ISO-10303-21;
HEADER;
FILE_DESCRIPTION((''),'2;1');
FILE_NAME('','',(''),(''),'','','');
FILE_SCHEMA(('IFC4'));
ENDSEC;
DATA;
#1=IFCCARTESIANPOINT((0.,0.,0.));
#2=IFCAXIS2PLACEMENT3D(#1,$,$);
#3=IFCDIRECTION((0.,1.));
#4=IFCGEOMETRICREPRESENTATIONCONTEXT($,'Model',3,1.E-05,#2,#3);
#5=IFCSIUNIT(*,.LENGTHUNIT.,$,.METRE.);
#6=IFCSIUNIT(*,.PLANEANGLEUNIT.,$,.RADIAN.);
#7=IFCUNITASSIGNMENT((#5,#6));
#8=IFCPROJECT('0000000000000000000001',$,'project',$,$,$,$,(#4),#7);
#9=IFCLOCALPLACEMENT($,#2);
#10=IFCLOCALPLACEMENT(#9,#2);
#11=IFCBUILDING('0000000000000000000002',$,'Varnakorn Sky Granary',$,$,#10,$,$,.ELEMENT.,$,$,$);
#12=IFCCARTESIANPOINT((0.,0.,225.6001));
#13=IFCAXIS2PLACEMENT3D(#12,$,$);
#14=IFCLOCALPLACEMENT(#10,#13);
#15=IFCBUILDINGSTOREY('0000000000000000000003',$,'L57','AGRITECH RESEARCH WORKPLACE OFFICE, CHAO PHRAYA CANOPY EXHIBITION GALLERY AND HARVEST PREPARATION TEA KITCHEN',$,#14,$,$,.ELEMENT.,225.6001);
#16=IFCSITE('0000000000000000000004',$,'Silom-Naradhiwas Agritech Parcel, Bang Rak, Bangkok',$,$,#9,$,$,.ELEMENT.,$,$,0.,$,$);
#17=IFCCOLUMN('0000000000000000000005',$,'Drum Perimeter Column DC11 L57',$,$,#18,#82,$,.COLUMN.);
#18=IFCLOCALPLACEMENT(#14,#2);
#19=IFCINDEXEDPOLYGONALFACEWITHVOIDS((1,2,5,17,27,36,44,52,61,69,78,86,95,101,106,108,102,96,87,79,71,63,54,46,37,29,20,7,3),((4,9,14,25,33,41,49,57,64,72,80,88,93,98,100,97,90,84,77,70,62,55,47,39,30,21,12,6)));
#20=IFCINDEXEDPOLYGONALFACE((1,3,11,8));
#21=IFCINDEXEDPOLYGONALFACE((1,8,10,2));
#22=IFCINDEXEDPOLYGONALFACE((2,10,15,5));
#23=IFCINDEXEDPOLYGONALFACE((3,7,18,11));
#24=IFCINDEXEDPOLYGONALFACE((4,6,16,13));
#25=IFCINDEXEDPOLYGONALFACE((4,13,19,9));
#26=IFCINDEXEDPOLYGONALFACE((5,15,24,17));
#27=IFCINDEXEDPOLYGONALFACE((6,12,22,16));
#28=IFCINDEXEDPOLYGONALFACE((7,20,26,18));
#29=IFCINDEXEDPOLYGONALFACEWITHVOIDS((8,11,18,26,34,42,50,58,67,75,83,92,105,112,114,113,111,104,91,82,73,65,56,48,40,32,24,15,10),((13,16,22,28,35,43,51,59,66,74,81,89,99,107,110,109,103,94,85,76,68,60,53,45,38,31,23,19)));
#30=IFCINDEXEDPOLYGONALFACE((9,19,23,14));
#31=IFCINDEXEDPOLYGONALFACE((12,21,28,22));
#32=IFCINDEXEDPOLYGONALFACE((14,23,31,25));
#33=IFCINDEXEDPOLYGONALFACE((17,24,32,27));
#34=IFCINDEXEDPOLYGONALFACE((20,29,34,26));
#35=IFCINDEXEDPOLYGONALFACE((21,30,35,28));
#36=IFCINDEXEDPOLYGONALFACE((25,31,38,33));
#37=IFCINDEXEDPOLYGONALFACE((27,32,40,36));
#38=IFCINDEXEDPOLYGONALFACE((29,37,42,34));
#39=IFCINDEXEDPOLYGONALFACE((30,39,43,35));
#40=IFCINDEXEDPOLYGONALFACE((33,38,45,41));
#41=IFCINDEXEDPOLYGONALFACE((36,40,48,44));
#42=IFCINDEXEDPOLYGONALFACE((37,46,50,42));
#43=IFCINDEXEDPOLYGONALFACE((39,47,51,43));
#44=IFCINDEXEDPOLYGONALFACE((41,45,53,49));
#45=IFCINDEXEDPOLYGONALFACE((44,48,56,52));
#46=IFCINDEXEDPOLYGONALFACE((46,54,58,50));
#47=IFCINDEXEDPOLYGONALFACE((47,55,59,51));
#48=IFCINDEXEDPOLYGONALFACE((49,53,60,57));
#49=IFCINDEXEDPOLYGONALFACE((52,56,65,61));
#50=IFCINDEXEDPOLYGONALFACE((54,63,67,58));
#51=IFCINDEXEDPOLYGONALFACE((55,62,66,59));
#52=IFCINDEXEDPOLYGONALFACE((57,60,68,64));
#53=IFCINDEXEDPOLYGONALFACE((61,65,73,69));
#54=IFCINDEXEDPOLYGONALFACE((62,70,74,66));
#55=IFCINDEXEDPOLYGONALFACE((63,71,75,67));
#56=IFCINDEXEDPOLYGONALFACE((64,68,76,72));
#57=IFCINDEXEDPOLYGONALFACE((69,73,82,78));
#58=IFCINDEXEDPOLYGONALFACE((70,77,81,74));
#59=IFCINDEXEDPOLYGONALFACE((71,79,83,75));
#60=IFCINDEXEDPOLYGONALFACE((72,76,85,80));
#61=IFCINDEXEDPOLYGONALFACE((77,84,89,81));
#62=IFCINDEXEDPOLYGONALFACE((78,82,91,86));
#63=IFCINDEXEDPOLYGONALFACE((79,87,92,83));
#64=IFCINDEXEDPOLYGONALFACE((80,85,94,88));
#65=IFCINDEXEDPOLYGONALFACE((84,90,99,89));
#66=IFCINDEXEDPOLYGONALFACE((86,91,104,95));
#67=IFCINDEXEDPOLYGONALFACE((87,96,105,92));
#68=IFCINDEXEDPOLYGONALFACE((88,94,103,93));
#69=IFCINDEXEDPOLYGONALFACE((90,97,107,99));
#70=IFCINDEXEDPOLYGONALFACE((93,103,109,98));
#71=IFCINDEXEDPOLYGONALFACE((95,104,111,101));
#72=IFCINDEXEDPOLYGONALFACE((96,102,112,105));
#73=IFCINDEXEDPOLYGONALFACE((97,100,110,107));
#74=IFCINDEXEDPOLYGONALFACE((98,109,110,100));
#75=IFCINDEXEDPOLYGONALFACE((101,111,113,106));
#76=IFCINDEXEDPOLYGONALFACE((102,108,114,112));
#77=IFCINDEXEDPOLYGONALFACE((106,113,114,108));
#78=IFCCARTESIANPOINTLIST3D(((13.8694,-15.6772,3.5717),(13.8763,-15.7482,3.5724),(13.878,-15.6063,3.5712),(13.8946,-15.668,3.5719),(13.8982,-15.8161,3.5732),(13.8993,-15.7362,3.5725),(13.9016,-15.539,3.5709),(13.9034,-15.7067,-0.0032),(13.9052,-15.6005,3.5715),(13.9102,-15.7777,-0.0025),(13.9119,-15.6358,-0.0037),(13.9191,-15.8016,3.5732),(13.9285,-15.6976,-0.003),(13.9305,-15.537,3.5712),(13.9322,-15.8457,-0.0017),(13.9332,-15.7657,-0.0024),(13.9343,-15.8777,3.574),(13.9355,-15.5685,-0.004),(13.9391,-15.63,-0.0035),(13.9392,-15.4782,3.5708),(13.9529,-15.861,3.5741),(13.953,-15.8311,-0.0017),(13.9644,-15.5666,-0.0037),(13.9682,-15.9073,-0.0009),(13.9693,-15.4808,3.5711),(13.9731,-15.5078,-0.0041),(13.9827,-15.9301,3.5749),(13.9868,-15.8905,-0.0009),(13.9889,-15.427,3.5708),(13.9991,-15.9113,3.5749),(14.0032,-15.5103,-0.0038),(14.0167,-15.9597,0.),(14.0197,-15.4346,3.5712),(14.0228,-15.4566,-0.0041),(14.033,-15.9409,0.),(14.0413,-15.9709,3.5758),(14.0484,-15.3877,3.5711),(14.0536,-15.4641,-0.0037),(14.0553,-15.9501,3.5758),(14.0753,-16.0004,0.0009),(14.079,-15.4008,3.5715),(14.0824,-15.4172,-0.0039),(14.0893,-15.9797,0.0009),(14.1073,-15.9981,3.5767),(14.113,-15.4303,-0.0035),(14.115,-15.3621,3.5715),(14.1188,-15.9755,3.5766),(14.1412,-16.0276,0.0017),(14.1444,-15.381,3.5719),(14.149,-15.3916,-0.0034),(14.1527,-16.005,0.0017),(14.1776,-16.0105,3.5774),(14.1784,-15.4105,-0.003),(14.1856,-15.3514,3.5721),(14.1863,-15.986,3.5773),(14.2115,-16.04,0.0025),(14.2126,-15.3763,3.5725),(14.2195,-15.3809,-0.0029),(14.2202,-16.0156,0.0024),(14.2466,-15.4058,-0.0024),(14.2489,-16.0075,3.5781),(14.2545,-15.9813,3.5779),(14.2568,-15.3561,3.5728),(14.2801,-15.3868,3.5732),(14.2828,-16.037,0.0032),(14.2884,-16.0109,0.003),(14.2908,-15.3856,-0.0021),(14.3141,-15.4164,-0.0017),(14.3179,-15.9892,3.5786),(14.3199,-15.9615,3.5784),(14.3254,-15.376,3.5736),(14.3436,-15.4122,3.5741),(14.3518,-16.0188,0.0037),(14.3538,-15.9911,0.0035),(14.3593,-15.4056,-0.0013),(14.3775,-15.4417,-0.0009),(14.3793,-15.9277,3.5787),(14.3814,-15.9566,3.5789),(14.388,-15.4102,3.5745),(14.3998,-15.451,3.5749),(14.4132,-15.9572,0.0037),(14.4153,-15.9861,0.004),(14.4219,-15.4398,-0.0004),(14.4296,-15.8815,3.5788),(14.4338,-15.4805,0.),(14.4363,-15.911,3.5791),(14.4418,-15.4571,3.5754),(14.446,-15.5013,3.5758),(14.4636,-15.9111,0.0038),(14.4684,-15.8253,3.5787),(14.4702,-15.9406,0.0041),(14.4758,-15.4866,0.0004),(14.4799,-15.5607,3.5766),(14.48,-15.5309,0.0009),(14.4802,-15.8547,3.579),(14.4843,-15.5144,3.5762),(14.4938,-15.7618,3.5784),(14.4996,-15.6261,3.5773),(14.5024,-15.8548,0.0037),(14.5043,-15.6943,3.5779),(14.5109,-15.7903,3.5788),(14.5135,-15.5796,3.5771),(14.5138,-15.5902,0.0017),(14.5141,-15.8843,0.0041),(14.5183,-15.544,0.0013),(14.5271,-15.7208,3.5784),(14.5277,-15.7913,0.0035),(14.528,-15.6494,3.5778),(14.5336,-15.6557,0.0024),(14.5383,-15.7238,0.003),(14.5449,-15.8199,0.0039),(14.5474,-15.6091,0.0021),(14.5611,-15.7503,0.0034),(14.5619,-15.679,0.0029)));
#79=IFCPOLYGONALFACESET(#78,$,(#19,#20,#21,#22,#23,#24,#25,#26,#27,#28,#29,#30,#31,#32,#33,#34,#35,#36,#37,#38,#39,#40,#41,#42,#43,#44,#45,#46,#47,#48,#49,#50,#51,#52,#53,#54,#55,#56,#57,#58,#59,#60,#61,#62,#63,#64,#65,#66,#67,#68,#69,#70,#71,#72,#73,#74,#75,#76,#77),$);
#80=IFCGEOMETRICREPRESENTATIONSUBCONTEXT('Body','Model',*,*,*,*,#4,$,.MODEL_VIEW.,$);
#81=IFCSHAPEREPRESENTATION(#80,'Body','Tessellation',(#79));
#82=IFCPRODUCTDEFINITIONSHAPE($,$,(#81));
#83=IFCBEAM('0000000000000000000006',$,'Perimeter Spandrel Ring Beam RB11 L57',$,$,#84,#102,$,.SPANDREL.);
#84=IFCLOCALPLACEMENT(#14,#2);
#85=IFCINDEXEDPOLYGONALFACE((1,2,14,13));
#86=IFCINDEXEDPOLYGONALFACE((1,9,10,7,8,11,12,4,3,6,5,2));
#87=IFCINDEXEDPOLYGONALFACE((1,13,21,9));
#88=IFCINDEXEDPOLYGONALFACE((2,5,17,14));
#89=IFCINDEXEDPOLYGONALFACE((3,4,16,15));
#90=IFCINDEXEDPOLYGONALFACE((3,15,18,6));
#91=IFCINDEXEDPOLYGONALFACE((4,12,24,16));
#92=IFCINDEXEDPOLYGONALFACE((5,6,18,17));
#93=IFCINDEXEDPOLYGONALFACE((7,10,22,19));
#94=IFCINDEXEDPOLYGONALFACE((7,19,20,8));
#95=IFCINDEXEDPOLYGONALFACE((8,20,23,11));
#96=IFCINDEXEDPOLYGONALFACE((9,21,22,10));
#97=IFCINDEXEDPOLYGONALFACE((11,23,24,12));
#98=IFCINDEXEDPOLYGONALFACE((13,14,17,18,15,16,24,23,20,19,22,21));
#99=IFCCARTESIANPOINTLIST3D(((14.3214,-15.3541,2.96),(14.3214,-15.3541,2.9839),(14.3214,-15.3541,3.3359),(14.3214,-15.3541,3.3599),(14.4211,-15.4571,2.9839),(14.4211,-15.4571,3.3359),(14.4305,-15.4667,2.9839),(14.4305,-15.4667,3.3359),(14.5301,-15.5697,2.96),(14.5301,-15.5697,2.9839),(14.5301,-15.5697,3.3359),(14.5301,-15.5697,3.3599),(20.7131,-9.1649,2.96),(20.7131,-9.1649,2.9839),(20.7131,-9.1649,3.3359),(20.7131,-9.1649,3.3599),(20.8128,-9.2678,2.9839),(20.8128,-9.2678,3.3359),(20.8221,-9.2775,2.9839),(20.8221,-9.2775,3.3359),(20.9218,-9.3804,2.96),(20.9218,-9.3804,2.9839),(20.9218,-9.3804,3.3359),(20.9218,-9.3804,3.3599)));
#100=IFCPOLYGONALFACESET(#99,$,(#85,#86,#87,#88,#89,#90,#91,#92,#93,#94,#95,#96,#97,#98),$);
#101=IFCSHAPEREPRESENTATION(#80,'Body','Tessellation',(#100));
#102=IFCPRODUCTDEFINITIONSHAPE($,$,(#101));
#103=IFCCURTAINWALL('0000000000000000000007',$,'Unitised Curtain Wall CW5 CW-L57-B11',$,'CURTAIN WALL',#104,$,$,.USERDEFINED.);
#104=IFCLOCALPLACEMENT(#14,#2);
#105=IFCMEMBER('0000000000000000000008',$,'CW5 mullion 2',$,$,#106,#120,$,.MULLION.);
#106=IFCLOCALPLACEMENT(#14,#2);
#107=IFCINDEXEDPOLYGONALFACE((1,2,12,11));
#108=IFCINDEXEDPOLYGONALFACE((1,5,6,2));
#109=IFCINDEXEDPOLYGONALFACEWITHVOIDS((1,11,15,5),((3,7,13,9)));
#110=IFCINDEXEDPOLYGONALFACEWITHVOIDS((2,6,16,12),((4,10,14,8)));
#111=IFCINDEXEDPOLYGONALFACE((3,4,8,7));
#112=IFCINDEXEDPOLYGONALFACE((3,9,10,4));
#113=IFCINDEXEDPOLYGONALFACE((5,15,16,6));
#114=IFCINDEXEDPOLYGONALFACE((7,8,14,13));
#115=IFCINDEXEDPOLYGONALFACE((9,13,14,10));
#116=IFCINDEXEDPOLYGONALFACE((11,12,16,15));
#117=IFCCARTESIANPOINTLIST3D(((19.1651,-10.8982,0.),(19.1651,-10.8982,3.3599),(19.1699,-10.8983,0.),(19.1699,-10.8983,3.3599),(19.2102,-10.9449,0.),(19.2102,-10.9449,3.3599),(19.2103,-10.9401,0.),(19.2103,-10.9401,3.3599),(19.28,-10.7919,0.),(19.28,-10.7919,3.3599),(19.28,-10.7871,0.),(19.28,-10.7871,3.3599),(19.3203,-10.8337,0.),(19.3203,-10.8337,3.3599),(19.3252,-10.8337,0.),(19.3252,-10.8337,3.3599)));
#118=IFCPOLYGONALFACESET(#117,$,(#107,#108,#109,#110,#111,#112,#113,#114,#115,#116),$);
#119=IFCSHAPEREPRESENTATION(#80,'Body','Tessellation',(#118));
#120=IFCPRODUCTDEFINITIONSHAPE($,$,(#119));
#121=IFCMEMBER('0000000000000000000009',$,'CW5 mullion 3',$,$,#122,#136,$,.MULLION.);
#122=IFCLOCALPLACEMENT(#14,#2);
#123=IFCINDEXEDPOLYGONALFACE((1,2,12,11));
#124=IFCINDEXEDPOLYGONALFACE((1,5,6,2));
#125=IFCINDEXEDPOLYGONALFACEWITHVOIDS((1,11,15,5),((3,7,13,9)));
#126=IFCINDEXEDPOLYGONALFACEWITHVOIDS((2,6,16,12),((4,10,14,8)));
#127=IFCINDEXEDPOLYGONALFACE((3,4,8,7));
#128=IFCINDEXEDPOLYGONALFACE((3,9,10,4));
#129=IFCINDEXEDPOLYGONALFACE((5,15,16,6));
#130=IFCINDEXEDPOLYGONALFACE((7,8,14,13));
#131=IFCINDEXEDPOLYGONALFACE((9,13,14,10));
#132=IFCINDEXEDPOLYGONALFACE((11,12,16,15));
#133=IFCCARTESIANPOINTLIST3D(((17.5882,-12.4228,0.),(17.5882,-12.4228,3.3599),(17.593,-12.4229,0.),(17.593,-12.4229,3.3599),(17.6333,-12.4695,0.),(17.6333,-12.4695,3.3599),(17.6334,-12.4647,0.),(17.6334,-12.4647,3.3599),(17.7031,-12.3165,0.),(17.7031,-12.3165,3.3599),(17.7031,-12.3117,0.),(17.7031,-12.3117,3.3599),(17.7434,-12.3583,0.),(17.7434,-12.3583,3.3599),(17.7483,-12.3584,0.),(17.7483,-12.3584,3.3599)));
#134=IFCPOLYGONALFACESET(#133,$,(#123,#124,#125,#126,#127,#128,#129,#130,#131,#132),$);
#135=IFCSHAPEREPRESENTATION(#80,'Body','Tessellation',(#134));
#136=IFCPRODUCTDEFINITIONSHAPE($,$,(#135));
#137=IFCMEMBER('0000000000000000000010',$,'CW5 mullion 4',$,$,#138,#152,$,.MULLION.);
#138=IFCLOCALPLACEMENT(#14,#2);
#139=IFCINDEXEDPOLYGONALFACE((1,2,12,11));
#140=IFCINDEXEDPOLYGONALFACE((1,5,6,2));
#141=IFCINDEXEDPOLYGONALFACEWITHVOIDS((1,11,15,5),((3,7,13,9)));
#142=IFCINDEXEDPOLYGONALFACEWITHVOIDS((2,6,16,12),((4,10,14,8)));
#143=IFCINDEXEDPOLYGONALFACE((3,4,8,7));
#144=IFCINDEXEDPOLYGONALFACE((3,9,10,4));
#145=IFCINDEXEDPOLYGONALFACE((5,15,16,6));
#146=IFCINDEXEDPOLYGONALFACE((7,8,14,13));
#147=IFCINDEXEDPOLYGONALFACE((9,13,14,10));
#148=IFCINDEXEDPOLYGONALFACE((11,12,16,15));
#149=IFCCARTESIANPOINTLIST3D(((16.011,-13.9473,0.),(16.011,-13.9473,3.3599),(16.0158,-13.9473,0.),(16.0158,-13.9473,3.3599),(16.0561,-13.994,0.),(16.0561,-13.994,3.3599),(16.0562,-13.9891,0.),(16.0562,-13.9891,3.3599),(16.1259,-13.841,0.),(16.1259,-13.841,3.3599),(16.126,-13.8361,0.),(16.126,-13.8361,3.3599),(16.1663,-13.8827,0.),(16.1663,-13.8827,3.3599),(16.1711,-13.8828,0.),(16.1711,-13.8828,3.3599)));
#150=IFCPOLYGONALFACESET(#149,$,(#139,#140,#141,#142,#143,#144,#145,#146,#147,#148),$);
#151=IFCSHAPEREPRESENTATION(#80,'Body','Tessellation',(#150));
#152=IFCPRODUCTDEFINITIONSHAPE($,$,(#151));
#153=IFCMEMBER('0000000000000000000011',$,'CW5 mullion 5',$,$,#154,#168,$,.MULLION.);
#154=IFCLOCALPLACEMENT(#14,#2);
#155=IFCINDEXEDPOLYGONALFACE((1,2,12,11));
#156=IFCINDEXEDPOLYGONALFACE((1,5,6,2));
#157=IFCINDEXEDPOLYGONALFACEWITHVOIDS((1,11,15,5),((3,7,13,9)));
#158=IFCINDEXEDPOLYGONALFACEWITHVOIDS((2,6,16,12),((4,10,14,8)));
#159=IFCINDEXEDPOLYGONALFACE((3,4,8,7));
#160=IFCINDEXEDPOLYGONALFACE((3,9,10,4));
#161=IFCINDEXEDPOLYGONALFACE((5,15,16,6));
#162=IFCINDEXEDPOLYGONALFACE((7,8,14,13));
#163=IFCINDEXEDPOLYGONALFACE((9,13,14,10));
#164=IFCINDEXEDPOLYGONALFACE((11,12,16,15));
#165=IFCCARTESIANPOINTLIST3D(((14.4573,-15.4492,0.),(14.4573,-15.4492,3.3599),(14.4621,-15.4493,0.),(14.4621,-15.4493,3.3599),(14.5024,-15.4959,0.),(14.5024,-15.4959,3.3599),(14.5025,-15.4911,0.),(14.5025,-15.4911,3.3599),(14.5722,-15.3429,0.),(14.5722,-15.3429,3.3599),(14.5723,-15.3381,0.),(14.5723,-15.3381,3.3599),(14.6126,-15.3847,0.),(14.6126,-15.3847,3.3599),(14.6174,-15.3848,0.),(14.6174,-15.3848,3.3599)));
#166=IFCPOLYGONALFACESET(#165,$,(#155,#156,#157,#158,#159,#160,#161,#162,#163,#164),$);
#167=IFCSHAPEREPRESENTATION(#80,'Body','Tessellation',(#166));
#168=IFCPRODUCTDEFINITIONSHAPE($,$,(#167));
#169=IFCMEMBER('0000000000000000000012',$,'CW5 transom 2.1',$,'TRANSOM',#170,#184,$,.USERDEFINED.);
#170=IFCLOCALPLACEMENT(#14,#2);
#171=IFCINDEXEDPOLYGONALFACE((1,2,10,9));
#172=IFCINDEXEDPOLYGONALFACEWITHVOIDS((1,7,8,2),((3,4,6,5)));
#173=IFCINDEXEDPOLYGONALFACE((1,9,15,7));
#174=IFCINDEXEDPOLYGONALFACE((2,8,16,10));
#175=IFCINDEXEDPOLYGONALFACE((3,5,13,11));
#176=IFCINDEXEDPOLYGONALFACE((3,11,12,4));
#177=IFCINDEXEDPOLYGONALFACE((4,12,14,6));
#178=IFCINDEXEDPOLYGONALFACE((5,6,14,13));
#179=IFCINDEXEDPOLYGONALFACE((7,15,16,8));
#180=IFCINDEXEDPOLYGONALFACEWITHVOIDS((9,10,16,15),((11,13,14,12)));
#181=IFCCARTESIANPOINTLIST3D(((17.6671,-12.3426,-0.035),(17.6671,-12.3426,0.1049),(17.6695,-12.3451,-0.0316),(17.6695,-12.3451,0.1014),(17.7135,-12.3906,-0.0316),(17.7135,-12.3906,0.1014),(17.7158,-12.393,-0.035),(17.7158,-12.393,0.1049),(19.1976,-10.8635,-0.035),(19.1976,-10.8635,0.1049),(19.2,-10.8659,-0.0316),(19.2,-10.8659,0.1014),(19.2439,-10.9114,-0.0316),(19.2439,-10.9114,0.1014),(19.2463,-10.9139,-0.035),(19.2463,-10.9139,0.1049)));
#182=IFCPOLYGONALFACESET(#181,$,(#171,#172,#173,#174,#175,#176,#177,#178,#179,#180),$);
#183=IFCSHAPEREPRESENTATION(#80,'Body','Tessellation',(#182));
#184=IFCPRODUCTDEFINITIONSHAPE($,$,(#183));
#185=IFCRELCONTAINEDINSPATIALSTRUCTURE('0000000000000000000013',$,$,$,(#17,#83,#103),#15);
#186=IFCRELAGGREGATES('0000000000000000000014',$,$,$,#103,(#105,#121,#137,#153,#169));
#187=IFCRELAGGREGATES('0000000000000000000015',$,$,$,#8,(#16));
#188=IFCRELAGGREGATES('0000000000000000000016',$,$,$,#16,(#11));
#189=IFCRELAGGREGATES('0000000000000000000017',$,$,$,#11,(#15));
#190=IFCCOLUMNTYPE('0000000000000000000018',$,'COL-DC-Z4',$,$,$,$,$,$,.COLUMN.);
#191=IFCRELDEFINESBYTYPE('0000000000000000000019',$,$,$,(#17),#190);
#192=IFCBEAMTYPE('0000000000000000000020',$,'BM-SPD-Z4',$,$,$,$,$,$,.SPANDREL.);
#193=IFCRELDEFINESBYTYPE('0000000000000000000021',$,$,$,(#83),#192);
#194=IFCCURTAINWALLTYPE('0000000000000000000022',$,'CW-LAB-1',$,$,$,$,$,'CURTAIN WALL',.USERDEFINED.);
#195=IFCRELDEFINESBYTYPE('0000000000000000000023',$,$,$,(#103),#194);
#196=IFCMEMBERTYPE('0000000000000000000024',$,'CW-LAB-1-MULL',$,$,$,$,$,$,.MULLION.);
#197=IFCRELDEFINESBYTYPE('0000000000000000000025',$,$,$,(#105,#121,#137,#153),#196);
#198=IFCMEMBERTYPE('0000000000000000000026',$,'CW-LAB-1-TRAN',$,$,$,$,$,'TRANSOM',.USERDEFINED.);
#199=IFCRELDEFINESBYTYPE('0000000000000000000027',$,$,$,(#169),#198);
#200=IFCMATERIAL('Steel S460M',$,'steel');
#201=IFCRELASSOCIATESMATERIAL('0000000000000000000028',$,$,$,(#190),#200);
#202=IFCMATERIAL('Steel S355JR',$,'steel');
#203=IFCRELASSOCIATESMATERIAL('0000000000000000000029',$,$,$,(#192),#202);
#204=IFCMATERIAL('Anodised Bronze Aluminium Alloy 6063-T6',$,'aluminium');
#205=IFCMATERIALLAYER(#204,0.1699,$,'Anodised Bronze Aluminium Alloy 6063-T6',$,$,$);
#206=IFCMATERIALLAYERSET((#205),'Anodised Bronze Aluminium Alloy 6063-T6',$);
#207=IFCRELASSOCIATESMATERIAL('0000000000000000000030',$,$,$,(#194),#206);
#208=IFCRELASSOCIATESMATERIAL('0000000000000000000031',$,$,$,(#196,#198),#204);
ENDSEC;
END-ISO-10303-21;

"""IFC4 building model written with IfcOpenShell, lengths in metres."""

from ifc_helpers import new_model, si_unit, direction, frame, origin, origin_2d, place, context, subcontext, project, spatial, hollow_rectangle, hollow_circle, i_section, extrude, material, layer, layer_set, material_profile, profile_set, type_object, element, aggregate, save


model = new_model("IFC4")

# Units and contexts
model_context = context("Model", 3, precision=1e-05, world=origin(), true_north=direction((0.0, 1.0)))
body_context = subcontext(model_context, "Body", "Model", "MODEL_VIEW")
ifc_project = project(units=[si_unit("LENGTHUNIT", "METRE"), si_unit("PLANEANGLEUNIT", "RADIAN")], contexts=[model_context])

# Site, building, storey
site_placement = place(None, origin())
site = spatial("IfcSite", under=ifc_project, at=site_placement, Name="Silom-Naradhiwas Agritech Parcel, Bang Rak, Bangkok", CompositionType="ELEMENT", RefElevation=0.0)
building_placement = place(site_placement, origin())
building = spatial("IfcBuilding", under=site, at=building_placement, Name="Varnakorn Sky Granary", CompositionType="ELEMENT")
storey_placement = place(building_placement, frame((0.0, 0.0, 225.6001)))
storey = spatial("IfcBuildingStorey", under=building, at=storey_placement, Name="L57", Description="AGRITECH RESEARCH WORKPLACE OFFICE, CHAO PHRAYA CANOPY EXHIBITION GALLERY AND HARVEST PREPARATION TEA KITCHEN", CompositionType="ELEMENT", Elevation=225.6001)

# Column
ifc_material_1 = material(Name="Steel S460M", Category="steel")
ifc_material_profile_1 = material_profile(ifc_material_1, hollow_circle(Radius=0.3301, WallThickness=0.0249, at=origin_2d()), Name="CHS 660x25")
ifc_profile_set_1 = profile_set([ifc_material_profile_1], Name="Steel S460M")
column_type = type_object("IfcColumnType", Name="COL-DC-Z4", PredefinedType="COLUMN", material=ifc_profile_set_1)
column_placement = place(storey_placement, frame((14.2334, -15.7107, 0.0), z_axis=(-0.009492, 0.008263, 0.999921), x_axis=(-0.656582, -0.754255, 0.0)))
element("IfcColumn", 1, at=column_placement, inside=storey, type_object=column_type, Name="Drum Perimeter Column DC11 L57", PredefinedType="COLUMN", context=body_context, shape_type="SweptSolid", body=[
    extrude(hollow_circle(Radius=0.3301, WallThickness=0.0249, at=origin_2d()), origin(), (0.0, 0.0, 1.0), 3.5752),
])

# Beam
ifc_material_2 = material(Name="Steel S355JR", Category="steel")
ifc_material_profile_2 = material_profile(ifc_material_2, i_section(OverallWidth=0.3, OverallDepth=0.3999, WebThickness=0.0134, FlangeThickness=0.0239, at=origin_2d()), Name="HE 400 B")
ifc_profile_set_2 = profile_set([ifc_material_profile_2], Name="Steel S355JR")
beam_type = type_object("IfcBeamType", Name="BM-SPD-Z4", PredefinedType="SPANDREL", material=ifc_profile_set_2)
beam_placement = place(storey_placement, frame((14.4258, -15.4619, 3.1599), z_axis=(0.718389, 0.695641, 0.0), x_axis=(-0.695641, 0.718389, 0.0)))
element("IfcBeam", 2, at=beam_placement, inside=storey, type_object=beam_type, Name="Perimeter Spandrel Ring Beam RB11 L57", PredefinedType="SPANDREL", context=body_context, shape_type="SweptSolid", body=[
    extrude(i_section(OverallWidth=0.3, OverallDepth=0.3999, WebThickness=0.0134, FlangeThickness=0.0239, at=origin_2d()), origin(), (0.0, 0.0, 1.0), 8.8972),
])

# Curtain wall, members
ifc_material_3 = material(Name="Anodised Bronze Aluminium Alloy 6063-T6", Category="aluminium")
ifc_layer_1 = layer(ifc_material_3, 0.1699, Name="Anodised Bronze Aluminium Alloy 6063-T6")
ifc_layer_set_1 = layer_set([ifc_layer_1], Name="Anodised Bronze Aluminium Alloy 6063-T6")
curtain_wall_type = type_object("IfcCurtainWallType", Name="CW-LAB-1", ElementType="CURTAIN WALL", PredefinedType="USERDEFINED", material=ifc_layer_set_1)
curtain_wall_placement = place(storey_placement, origin())
curtain_wall = element("IfcCurtainWall", 3, at=curtain_wall_placement, inside=storey, type_object=curtain_wall_type, Name="Unitised Curtain Wall CW5 CW-L57-B11", ObjectType="CURTAIN WALL", PredefinedType="USERDEFINED")
ifc_material_profile_3 = material_profile(ifc_material_3, hollow_rectangle(XDim=0.0649, YDim=0.1599, WallThickness=0.0034, at=origin_2d()), Name="ALU MULL 65x160")
ifc_profile_set_3 = profile_set([ifc_material_profile_3], Name="Anodised Bronze Aluminium Alloy 6063-T6")
member_type_1 = type_object("IfcMemberType", Name="CW-LAB-1-MULL", PredefinedType="MULLION", material=ifc_profile_set_3)
member_1_placement = place(storey_placement, frame((19.2451, -10.866, 0.0), z_axis=(0.0, 0.0, 1.0), x_axis=(0.695009, -0.719001, 0.0)))
member_1 = element("IfcMember", 4, at=member_1_placement, type_object=member_type_1, Name="CW5 mullion 2", PredefinedType="MULLION", context=body_context, shape_type="SweptSolid", body=[
    extrude(hollow_rectangle(XDim=0.0649, YDim=0.1599, WallThickness=0.0034, at=origin_2d()), origin(), (0.0, 0.0, 1.0), 3.3599),
])
member_2_placement = place(storey_placement, frame((17.6682, -12.3906, 0.0), z_axis=(0.0, 0.0, 1.0), x_axis=(0.695009, -0.719001, 0.0)))
member_2 = element("IfcMember", 5, at=member_2_placement, type_object=member_type_1, Name="CW5 mullion 3", PredefinedType="MULLION", context=body_context, shape_type="SweptSolid", body=[
    extrude(hollow_rectangle(XDim=0.0649, YDim=0.1599, WallThickness=0.0034, at=origin_2d()), origin(), (0.0, 0.0, 1.0), 3.3599),
])
member_3_placement = place(storey_placement, frame((16.0911, -13.915, 0.0), z_axis=(0.0, 0.0, 1.0), x_axis=(0.695009, -0.719001, 0.0)))
member_3 = element("IfcMember", 6, at=member_3_placement, type_object=member_type_1, Name="CW5 mullion 4", PredefinedType="MULLION", context=body_context, shape_type="SweptSolid", body=[
    extrude(hollow_rectangle(XDim=0.0649, YDim=0.1599, WallThickness=0.0034, at=origin_2d()), origin(), (0.0, 0.0, 1.0), 3.3599),
])
member_4_placement = place(storey_placement, frame((14.5374, -15.417, 0.0), z_axis=(0.0, 0.0, 1.0), x_axis=(0.695009, -0.719001, 0.0)))
member_4 = element("IfcMember", 7, at=member_4_placement, type_object=member_type_1, Name="CW5 mullion 5", PredefinedType="MULLION", context=body_context, shape_type="SweptSolid", body=[
    extrude(hollow_rectangle(XDim=0.0649, YDim=0.1599, WallThickness=0.0034, at=origin_2d()), origin(), (0.0, 0.0, 1.0), 3.3599),
])
ifc_material_profile_4 = material_profile(ifc_material_3, hollow_rectangle(XDim=0.0701, YDim=0.1399, WallThickness=0.0034, at=origin_2d()), Name="ALU TRAN 70x140")
ifc_profile_set_4 = profile_set([ifc_material_profile_4], Name="Anodised Bronze Aluminium Alloy 6063-T6")
member_type_2 = type_object("IfcMemberType", Name="CW-LAB-1-TRAN", ElementType="TRANSOM", PredefinedType="USERDEFINED", material=ifc_profile_set_4)
member_5_placement = place(storey_placement, frame((19.2219, -10.8887, 0.0349), z_axis=(-0.719048, -0.694961, 0.0), x_axis=(0.694961, -0.719048, 0.0)))
member_5 = element("IfcMember", 8, at=member_5_placement, type_object=member_type_2, Name="CW5 transom 2.1", ObjectType="TRANSOM", PredefinedType="USERDEFINED", context=body_context, shape_type="SweptSolid", body=[
    extrude(hollow_rectangle(XDim=0.0701, YDim=0.1399, WallThickness=0.0034, at=origin_2d()), origin(), (0.0, 0.0, 1.0), 2.1284),
])

aggregate(curtain_wall, [member_1, member_2, member_3, member_4, member_5])

save(model, "model.ifc")
